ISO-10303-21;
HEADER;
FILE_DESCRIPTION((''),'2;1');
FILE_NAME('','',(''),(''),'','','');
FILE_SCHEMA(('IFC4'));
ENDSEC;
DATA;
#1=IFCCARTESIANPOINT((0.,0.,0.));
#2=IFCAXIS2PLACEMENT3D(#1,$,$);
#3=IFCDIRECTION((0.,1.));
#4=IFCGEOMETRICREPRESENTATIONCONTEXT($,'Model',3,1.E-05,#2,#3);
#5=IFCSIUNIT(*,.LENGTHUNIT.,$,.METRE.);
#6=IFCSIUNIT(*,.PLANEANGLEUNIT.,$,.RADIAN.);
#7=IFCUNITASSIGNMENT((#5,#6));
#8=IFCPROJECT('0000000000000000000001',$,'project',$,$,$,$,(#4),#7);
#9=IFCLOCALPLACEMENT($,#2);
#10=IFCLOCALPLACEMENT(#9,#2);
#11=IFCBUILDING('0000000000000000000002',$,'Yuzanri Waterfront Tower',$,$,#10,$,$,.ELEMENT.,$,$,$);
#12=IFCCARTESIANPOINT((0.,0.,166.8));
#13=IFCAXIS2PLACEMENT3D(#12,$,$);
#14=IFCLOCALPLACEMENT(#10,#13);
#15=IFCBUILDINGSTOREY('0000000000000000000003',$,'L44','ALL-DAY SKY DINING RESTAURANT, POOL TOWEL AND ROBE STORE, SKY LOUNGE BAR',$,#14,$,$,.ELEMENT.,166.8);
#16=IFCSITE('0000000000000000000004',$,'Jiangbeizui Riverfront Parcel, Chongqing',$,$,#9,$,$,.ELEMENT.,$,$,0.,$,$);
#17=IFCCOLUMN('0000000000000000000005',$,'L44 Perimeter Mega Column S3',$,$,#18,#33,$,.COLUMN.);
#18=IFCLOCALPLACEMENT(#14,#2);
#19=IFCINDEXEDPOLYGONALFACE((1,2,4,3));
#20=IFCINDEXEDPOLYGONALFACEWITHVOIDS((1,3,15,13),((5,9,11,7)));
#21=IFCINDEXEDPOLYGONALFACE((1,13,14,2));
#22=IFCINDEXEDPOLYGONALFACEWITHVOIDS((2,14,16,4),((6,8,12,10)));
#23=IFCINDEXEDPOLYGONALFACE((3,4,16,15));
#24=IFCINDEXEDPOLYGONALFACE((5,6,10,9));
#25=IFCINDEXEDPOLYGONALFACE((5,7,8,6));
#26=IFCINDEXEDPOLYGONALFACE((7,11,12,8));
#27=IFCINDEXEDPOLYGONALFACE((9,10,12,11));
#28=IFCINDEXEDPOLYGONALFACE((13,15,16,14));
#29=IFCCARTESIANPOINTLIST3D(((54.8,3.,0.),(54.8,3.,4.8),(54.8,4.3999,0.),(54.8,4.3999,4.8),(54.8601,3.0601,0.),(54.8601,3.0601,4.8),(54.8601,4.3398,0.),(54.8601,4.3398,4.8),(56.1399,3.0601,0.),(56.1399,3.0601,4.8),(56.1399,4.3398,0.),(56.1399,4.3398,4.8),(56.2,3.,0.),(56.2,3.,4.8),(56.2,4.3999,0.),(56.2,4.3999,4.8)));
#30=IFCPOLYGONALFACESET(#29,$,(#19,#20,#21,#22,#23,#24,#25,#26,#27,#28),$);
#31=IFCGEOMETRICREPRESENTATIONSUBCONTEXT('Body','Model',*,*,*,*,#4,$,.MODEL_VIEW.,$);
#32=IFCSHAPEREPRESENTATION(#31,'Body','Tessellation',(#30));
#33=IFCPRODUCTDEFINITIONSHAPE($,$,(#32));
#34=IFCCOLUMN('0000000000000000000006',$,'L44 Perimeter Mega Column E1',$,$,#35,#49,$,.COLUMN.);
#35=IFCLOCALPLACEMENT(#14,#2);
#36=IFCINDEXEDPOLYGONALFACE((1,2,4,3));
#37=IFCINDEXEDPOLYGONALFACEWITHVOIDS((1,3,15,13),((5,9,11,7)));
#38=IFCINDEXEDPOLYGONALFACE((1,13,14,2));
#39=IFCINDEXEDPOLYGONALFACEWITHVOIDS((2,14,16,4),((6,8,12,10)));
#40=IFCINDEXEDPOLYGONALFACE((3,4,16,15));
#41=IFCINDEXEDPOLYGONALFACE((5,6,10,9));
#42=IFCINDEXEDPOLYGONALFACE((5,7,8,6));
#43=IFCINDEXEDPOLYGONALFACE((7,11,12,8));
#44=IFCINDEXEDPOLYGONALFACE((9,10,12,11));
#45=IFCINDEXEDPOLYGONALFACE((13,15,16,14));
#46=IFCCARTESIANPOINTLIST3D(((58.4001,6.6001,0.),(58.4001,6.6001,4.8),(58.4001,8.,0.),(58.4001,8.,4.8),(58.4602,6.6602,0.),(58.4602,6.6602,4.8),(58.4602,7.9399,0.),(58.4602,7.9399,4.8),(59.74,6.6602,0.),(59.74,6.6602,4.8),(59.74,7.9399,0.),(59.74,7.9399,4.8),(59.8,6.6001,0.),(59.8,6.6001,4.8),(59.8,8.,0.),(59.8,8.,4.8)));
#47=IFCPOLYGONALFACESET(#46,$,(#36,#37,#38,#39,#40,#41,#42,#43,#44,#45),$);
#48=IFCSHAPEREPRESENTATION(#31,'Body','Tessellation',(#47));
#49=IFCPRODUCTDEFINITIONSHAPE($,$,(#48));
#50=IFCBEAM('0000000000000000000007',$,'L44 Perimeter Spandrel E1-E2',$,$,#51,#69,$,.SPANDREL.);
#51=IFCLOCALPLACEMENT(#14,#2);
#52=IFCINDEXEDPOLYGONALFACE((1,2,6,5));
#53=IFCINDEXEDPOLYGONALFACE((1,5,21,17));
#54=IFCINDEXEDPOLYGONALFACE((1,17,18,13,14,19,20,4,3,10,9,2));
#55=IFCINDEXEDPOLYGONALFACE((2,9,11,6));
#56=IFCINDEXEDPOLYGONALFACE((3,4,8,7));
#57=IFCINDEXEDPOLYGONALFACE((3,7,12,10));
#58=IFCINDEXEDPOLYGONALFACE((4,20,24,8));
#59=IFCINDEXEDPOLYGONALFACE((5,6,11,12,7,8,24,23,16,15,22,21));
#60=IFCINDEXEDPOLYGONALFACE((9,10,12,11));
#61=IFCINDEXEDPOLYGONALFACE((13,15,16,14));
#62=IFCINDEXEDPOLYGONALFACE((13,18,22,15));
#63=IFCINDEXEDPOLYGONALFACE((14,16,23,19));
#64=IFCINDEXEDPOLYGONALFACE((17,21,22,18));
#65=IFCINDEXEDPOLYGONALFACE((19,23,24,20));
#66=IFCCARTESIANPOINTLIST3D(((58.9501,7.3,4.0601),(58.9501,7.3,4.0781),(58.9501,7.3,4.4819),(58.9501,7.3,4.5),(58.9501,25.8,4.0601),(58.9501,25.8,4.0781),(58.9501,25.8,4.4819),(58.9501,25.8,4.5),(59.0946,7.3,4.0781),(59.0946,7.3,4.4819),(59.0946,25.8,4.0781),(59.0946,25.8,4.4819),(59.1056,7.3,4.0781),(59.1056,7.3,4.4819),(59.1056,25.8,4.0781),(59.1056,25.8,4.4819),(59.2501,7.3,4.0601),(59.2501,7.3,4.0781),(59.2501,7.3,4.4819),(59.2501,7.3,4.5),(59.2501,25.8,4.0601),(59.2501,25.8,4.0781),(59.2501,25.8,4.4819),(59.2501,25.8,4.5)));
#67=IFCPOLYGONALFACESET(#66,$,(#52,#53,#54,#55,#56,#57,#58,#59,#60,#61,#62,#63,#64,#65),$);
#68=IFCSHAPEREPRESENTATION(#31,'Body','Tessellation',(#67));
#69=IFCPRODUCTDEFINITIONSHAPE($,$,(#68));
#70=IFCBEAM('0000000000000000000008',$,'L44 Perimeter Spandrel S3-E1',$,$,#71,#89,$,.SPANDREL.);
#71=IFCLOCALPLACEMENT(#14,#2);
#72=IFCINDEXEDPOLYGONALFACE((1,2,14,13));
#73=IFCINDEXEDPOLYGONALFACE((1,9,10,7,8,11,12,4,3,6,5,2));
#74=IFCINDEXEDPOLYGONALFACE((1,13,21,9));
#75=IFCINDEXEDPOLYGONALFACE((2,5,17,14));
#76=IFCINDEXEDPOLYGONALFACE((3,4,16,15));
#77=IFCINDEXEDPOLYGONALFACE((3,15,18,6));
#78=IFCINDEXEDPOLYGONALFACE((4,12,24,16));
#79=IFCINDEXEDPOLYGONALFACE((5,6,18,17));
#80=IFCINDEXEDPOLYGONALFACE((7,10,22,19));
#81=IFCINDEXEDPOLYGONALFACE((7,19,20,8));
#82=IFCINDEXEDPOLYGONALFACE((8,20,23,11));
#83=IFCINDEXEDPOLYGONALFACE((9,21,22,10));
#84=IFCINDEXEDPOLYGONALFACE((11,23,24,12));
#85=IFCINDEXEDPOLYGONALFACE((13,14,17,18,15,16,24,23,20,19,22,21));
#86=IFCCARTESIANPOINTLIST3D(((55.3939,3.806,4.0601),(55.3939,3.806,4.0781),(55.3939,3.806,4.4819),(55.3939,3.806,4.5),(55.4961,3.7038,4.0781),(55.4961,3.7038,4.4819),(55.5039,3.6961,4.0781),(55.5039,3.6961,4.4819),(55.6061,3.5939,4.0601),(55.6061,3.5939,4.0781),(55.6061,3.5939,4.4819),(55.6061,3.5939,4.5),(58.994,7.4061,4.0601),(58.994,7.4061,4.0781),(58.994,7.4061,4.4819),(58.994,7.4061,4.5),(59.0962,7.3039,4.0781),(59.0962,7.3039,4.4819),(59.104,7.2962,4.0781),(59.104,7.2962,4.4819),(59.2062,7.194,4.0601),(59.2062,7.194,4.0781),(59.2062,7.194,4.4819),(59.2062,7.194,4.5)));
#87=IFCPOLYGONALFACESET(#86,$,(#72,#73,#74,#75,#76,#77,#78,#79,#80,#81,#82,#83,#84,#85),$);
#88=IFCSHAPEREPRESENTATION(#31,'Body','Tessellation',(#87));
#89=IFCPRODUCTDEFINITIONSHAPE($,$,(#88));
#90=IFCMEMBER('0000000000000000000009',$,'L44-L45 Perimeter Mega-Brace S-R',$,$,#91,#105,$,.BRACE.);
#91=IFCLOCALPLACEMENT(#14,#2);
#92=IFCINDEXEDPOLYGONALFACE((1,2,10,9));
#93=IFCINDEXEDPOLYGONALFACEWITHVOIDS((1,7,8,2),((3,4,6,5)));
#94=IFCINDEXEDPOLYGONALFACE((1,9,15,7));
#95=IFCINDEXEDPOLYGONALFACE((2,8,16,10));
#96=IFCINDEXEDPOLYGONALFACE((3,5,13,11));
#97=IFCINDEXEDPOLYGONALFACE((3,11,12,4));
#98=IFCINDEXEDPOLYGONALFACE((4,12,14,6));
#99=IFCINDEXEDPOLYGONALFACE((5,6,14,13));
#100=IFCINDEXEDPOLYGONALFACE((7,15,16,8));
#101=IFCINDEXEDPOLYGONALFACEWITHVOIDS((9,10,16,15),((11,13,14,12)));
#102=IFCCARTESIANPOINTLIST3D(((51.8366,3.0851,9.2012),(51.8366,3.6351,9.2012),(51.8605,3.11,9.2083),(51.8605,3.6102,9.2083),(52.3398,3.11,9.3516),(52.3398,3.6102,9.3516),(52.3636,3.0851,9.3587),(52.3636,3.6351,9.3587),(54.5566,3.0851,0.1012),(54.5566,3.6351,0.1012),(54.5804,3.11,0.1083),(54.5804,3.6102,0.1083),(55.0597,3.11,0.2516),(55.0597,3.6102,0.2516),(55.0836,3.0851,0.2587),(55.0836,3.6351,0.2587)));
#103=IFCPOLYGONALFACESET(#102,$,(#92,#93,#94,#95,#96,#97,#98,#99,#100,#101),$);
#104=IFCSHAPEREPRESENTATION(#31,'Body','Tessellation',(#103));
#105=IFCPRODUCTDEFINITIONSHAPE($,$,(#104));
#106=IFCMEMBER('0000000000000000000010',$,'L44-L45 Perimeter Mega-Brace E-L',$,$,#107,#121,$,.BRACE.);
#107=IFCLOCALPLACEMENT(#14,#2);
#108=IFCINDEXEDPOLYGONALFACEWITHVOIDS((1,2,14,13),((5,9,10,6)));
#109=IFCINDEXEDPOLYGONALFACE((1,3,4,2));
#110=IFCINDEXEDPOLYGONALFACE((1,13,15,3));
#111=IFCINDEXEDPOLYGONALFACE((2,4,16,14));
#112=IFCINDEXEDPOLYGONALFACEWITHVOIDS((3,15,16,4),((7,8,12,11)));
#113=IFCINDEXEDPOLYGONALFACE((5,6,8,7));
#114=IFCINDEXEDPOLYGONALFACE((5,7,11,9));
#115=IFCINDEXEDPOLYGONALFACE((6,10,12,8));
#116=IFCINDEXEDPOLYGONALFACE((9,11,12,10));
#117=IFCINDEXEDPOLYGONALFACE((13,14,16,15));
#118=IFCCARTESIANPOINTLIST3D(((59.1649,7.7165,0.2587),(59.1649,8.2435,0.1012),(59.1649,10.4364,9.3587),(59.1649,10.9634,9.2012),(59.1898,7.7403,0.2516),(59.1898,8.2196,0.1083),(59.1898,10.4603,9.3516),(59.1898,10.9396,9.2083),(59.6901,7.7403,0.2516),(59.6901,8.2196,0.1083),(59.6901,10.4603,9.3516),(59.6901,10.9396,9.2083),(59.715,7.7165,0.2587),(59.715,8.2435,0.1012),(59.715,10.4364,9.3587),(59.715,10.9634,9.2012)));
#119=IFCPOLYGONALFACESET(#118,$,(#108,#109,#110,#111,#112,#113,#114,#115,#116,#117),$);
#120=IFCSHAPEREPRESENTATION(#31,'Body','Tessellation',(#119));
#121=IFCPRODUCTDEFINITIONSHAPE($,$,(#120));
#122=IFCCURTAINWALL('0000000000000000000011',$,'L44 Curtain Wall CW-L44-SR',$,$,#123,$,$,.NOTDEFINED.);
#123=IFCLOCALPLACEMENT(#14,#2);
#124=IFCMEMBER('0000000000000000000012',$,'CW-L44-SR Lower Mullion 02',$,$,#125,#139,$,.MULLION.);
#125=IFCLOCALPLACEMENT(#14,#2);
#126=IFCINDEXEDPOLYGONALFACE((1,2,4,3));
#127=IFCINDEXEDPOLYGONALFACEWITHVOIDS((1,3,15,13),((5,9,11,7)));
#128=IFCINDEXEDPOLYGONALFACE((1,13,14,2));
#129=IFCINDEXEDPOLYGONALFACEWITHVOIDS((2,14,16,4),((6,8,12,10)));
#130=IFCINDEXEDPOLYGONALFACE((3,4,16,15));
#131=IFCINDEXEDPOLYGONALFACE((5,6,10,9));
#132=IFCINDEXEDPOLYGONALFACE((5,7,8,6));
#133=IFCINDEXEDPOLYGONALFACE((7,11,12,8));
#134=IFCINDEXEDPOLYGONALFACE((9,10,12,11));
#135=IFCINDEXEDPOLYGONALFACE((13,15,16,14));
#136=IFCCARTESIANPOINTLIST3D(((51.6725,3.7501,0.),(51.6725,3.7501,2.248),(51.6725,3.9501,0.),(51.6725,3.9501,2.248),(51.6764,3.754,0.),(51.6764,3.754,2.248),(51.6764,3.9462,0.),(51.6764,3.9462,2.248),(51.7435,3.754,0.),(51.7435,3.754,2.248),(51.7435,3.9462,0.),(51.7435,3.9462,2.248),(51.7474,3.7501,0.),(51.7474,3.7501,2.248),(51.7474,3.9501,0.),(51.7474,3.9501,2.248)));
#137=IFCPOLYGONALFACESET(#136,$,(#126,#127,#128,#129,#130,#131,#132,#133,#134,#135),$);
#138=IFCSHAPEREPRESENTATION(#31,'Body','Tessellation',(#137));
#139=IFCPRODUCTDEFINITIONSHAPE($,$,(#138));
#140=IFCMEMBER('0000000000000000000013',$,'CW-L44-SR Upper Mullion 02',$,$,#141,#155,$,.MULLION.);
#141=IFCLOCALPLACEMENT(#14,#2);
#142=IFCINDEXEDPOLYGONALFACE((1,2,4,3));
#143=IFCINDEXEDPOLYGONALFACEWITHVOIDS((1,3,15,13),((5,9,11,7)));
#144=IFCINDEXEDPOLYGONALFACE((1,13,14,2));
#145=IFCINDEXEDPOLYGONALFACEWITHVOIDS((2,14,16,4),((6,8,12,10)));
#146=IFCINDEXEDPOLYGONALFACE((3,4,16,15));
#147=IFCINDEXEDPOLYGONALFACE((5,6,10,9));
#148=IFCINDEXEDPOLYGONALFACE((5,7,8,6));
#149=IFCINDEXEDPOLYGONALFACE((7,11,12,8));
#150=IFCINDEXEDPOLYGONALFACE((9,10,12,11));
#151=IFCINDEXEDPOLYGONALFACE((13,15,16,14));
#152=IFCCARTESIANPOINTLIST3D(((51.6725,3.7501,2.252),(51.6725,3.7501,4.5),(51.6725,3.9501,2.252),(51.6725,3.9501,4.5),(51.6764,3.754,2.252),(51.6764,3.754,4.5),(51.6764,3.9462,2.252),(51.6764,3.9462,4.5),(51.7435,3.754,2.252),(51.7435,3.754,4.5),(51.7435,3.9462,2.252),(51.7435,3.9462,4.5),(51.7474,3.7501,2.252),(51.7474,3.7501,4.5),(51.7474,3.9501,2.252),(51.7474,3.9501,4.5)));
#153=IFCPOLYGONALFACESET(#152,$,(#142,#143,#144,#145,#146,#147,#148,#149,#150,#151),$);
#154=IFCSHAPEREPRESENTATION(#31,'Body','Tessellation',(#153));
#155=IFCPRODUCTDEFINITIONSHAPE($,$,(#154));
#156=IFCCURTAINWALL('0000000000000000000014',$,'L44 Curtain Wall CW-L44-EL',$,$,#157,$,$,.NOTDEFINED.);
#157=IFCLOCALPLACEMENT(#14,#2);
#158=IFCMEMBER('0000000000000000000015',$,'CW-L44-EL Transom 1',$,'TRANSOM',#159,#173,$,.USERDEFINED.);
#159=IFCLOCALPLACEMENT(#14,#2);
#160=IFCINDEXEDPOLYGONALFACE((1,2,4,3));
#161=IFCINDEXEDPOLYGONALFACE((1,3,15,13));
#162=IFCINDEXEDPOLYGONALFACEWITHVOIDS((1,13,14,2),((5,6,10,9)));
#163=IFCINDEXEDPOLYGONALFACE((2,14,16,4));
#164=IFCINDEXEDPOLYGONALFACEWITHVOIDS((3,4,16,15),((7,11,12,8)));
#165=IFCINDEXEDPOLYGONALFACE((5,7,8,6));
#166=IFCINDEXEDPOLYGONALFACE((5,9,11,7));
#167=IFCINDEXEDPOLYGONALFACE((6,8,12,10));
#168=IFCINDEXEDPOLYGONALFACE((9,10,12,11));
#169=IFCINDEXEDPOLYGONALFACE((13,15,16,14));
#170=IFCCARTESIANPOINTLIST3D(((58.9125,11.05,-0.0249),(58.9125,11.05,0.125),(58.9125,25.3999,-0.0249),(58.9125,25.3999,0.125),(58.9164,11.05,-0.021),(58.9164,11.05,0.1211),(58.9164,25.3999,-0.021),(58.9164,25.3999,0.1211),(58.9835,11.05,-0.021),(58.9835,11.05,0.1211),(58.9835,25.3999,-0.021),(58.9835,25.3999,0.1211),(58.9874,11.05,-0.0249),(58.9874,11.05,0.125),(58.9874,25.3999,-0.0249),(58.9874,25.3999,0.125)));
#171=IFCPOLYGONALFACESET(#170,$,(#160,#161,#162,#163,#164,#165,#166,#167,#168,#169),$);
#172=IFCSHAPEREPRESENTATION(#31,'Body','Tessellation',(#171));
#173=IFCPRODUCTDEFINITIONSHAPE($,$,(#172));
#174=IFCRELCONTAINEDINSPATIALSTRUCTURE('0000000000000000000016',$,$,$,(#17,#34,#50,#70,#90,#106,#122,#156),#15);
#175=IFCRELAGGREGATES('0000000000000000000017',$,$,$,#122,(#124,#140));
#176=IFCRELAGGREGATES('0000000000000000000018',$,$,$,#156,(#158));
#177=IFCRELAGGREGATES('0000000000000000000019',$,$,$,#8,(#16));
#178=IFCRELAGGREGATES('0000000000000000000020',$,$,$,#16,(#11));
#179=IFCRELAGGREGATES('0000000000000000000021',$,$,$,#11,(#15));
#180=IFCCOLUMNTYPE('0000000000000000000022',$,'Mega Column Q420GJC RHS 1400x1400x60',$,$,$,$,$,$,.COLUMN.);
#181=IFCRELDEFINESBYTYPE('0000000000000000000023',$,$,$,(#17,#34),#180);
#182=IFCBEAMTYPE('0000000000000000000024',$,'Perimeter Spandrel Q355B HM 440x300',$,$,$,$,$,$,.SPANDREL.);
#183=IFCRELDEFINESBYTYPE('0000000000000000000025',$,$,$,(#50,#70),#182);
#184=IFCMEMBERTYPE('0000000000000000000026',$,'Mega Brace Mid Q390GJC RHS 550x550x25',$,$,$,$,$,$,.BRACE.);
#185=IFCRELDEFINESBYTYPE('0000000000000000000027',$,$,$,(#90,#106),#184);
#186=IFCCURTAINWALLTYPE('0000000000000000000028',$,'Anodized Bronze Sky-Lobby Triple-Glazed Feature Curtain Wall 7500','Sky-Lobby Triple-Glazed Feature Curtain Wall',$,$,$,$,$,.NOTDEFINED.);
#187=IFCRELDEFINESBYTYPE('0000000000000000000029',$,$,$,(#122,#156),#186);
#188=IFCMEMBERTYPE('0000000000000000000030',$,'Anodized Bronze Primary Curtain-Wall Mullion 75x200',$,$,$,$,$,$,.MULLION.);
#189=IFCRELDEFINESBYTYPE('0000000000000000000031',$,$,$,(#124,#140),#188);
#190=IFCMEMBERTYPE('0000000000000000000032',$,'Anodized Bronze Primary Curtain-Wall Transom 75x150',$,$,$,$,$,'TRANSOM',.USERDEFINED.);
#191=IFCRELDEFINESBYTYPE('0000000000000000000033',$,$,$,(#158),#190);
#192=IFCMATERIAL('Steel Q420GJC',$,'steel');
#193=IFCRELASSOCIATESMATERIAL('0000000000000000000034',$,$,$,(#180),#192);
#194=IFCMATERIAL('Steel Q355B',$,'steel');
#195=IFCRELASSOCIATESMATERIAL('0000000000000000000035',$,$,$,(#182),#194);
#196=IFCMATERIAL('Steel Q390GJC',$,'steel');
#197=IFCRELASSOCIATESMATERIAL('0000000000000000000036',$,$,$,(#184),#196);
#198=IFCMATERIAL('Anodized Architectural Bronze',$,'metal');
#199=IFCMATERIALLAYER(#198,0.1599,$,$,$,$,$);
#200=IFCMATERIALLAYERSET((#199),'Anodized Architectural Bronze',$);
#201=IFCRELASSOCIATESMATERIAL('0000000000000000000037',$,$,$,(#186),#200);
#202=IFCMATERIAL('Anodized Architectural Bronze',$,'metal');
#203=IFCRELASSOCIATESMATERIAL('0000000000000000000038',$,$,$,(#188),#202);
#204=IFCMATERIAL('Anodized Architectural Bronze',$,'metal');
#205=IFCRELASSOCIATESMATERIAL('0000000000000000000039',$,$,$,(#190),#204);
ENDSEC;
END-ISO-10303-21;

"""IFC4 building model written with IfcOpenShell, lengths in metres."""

from ifc_helpers import new_model, si_unit, direction, frame, origin, origin_2d, place, context, subcontext, project, spatial, hollow_rectangle, i_section, extrude, source, transform, mapped, material, layer, layer_set, material_profile, profile_set, type_object, element, aggregate, save


model = new_model("IFC4")

# Units and contexts
model_context = context("Model", 3, precision=1e-05, world=origin(), true_north=direction((0.0, 1.0)))
body_context = subcontext(model_context, "Body", "Model", "MODEL_VIEW")
ifc_project = project(units=[si_unit("LENGTHUNIT", "METRE"), si_unit("PLANEANGLEUNIT", "RADIAN")], contexts=[model_context])

# Site, building, storey
site_placement = place(None, origin())
site = spatial("IfcSite", under=ifc_project, at=site_placement, Name="Jiangbeizui Riverfront Parcel, Chongqing", CompositionType="ELEMENT", RefElevation=0.0)
building_placement = place(site_placement, origin())
building = spatial("IfcBuilding", under=site, at=building_placement, Name="Yuzanri Waterfront Tower", CompositionType="ELEMENT")
storey_placement = place(building_placement, frame((0.0, 0.0, 166.8)))
storey = spatial("IfcBuildingStorey", under=building, at=storey_placement, Name="L44", Description="ALL-DAY SKY DINING RESTAURANT, POOL TOWEL AND ROBE STORE, SKY LOUNGE BAR", CompositionType="ELEMENT", Elevation=166.8)

# Columns
ifc_material_1 = material(Name="Steel Q420GJC", Category="steel")
ifc_material_profile_1 = material_profile(ifc_material_1, hollow_rectangle(XDim=1.3999, YDim=1.3999, WallThickness=0.0601, at=origin_2d()), Name="RHS 1400x1400x60")
ifc_profile_set_1 = profile_set([ifc_material_profile_1], Name="Steel Q420GJC")
column_type = type_object("IfcColumnType", Name="Mega Column Q420GJC RHS 1400x1400x60", PredefinedType="COLUMN", material=ifc_profile_set_1)
shared_shape_1 = source(origin(), body_context, "Body", "SweptSolid", [
    extrude(hollow_rectangle(XDim=1.3999, YDim=1.3999, WallThickness=0.0601, at=origin_2d()), origin(), (0.0, 0.0, 1.0), 4.8),
])
for number, where, z_axis, x_axis, name in (
    (1, (55.5, 3.7, 0.0), (0.0, 0.0, 1.0), (1.0, 0.0, 0.0), "L44 Perimeter Mega Column S3"),
    (2, (59.1001, 7.3, 0.0), (0.0, 0.0, 1.0), (1.0, 0.0, 0.0), "L44 Perimeter Mega Column E1"),
):
    element("IfcColumn", number, at=place(storey_placement, frame(where, z_axis=z_axis, x_axis=x_axis)), inside=storey, type_object=column_type, Name=name, PredefinedType="COLUMN", context=body_context, shape_type="MappedRepresentation", body=[
        mapped(shared_shape_1, transform((0.0, 0.0, 0.0), scale=1.0)),
    ])

# Beams
ifc_material_2 = material(Name="Steel Q355B", Category="steel")
ifc_material_profile_2 = material_profile(ifc_material_2, i_section(OverallWidth=0.3, OverallDepth=0.4399, WebThickness=0.011, FlangeThickness=0.0181, at=origin_2d()), Name="HM 440x300x11x18")
ifc_profile_set_2 = profile_set([ifc_material_profile_2], Name="Steel Q355B")
beam_type = type_object("IfcBeamType", Name="Perimeter Spandrel Q355B HM 440x300", PredefinedType="SPANDREL", material=ifc_profile_set_2)
shared_shape_2 = source(origin(), body_context, "Body", "SweptSolid", [
    extrude(i_section(OverallWidth=0.3, OverallDepth=0.4399, WebThickness=0.011, FlangeThickness=0.0181, at=origin_2d()), origin(), (0.0, 0.0, 1.0), 18.5),
])
beam_1_placement = place(storey_placement, frame((59.1001, 7.3, 4.28), z_axis=(0.0, 1.0, 0.0), x_axis=(-1.0, 0.0, 0.0)))
element("IfcBeam", 3, at=beam_1_placement, inside=storey, type_object=beam_type, Name="L44 Perimeter Spandrel E1-E2", PredefinedType="SPANDREL", context=body_context, shape_type="MappedRepresentation", body=[
    mapped(shared_shape_2, transform((0.0, 0.0, 0.0), scale=1.0)),
])
shared_shape_3 = source(origin(), body_context, "Body", "SweptSolid", [
    extrude(i_section(OverallWidth=0.3, OverallDepth=0.4399, WebThickness=0.011, FlangeThickness=0.0181, at=origin_2d()), origin(), (0.0, 0.0, 1.0), 5.0913),
])
beam_2_placement = place(storey_placement, frame((55.5, 3.7, 4.28), z_axis=(0.707107, 0.707107, 0.0), x_axis=(-0.707107, 0.707107, 0.0)))
element("IfcBeam", 4, at=beam_2_placement, inside=storey, type_object=beam_type, Name="L44 Perimeter Spandrel S3-E1", PredefinedType="SPANDREL", context=body_context, shape_type="MappedRepresentation", body=[
    mapped(shared_shape_3, transform((0.0, 0.0, 0.0), scale=1.0)),
])

# Members
ifc_material_3 = material(Name="Steel Q390GJC", Category="steel")
ifc_material_profile_3 = material_profile(ifc_material_3, hollow_rectangle(XDim=0.55, YDim=0.55, WallThickness=0.0249, at=origin_2d()), Name="RHS 550x550x25")
ifc_profile_set_3 = profile_set([ifc_material_profile_3], Name="Steel Q390GJC")
member_type_1 = type_object("IfcMemberType", Name="Mega Brace Mid Q390GJC RHS 550x550x25", PredefinedType="BRACE", material=ifc_profile_set_3)
shared_shape_4 = source(origin(), body_context, "Body", "SweptSolid", [
    extrude(hollow_rectangle(XDim=0.55, YDim=0.55, WallThickness=0.0249, at=origin_2d()), origin(), (0.0, 0.0, 1.0), 9.4978),
])
for number, where, z_axis, x_axis, name in (
    (5, (54.8201, 3.3601, 0.1799), (-0.286376, 0.0, 0.958117), (0.0, -1.0, 0.0), "L44-L45 Perimeter Mega-Brace S-R"),
    (6, (59.4399, 7.98, 0.1799), (0.0, 0.286376, 0.958117), (-1.0, 0.0, 0.0), "L44-L45 Perimeter Mega-Brace E-L"),
):
    element("IfcMember", number, at=place(storey_placement, frame(where, z_axis=z_axis, x_axis=x_axis)), inside=storey, type_object=member_type_1, Name=name, PredefinedType="BRACE", context=body_context, shape_type="MappedRepresentation", body=[
        mapped(shared_shape_4, transform((0.0, 0.0, 0.0), scale=1.0)),
    ])

# Curtain walls, members
ifc_material_4 = material(Name="Anodized Architectural Bronze", Category="metal")
ifc_layer_1 = layer(ifc_material_4, 0.1599)
ifc_layer_set_1 = layer_set([ifc_layer_1], Name="Anodized Architectural Bronze")
curtain_wall_type = type_object("IfcCurtainWallType", Name="Anodized Bronze Sky-Lobby Triple-Glazed Feature Curtain Wall 7500", Description="Sky-Lobby Triple-Glazed Feature Curtain Wall", PredefinedType="NOTDEFINED", material=ifc_layer_set_1)
curtain_wall_1_placement = place(storey_placement, origin())
curtain_wall_1 = element("IfcCurtainWall", 7, at=curtain_wall_1_placement, inside=storey, type_object=curtain_wall_type, Name="L44 Curtain Wall CW-L44-SR", PredefinedType="NOTDEFINED")
ifc_material_5 = material(Name="Anodized Architectural Bronze", Category="metal")
ifc_material_profile_4 = material_profile(ifc_material_5, hollow_rectangle(XDim=0.075, YDim=0.2, WallThickness=0.0039, at=origin_2d()), Name="CWM 75x200")
ifc_profile_set_4 = profile_set([ifc_material_profile_4], Name="Anodized Architectural Bronze")
member_type_2 = type_object("IfcMemberType", Name="Anodized Bronze Primary Curtain-Wall Mullion 75x200", PredefinedType="MULLION", material=ifc_profile_set_4)
shared_shape_5 = source(origin(), body_context, "Body", "SweptSolid", [
    extrude(hollow_rectangle(XDim=0.075, YDim=0.2, WallThickness=0.0039, at=origin_2d()), origin(), (0.0, 0.0, 1.0), 2.248),
])
member_1_placement = place(storey_placement, frame((51.71, 3.8501, 0.0), z_axis=(0.0, 0.0, 1.0), x_axis=(1.0, 0.0, 0.0)))
member_1 = element("IfcMember", 8, at=member_1_placement, type_object=member_type_2, Name="CW-L44-SR Lower Mullion 02", PredefinedType="MULLION", context=body_context, shape_type="MappedRepresentation", body=[
    mapped(shared_shape_5, transform((0.0, 0.0, 0.0), scale=1.0)),
])
member_2_placement = place(storey_placement, frame((51.71, 3.8501, 2.252), z_axis=(0.0, 0.0, 1.0), x_axis=(1.0, 0.0, 0.0)))
member_2 = element("IfcMember", 9, at=member_2_placement, type_object=member_type_2, Name="CW-L44-SR Upper Mullion 02", PredefinedType="MULLION", context=body_context, shape_type="MappedRepresentation", body=[
    mapped(shared_shape_5, transform((0.0, 0.0, 0.0), scale=1.0)),
])
aggregate(curtain_wall_1, [member_1, member_2])
curtain_wall_2_placement = place(storey_placement, origin())
curtain_wall_2 = element("IfcCurtainWall", 10, at=curtain_wall_2_placement, inside=storey, type_object=curtain_wall_type, Name="L44 Curtain Wall CW-L44-EL", PredefinedType="NOTDEFINED")
ifc_material_6 = material(Name="Anodized Architectural Bronze", Category="metal")
ifc_material_profile_5 = material_profile(ifc_material_6, hollow_rectangle(XDim=0.075, YDim=0.1499, WallThickness=0.0039, at=origin_2d()), Name="CWT 75x150")
ifc_profile_set_5 = profile_set([ifc_material_profile_5], Name="Anodized Architectural Bronze")
member_type_3 = type_object("IfcMemberType", Name="Anodized Bronze Primary Curtain-Wall Transom 75x150", ElementType="TRANSOM", PredefinedType="USERDEFINED", material=ifc_profile_set_5)
shared_shape_6 = source(origin(), body_context, "Body", "SweptSolid", [
    extrude(hollow_rectangle(XDim=0.075, YDim=0.1499, WallThickness=0.0039, at=origin_2d()), origin(), (0.0, 0.0, 1.0), 14.3499),
])
member_3_placement = place(storey_placement, frame((58.95, 11.05, 0.05), z_axis=(0.0, 1.0, 0.0), x_axis=(-1.0, 0.0, 0.0)))
member_3 = element("IfcMember", 11, at=member_3_placement, type_object=member_type_3, Name="CW-L44-EL Transom 1", ObjectType="TRANSOM", PredefinedType="USERDEFINED", context=body_context, shape_type="MappedRepresentation", body=[
    mapped(shared_shape_6, transform((0.0, 0.0, 0.0), scale=1.0)),
])
aggregate(curtain_wall_2, [member_3])

save(model, "model.ifc")
